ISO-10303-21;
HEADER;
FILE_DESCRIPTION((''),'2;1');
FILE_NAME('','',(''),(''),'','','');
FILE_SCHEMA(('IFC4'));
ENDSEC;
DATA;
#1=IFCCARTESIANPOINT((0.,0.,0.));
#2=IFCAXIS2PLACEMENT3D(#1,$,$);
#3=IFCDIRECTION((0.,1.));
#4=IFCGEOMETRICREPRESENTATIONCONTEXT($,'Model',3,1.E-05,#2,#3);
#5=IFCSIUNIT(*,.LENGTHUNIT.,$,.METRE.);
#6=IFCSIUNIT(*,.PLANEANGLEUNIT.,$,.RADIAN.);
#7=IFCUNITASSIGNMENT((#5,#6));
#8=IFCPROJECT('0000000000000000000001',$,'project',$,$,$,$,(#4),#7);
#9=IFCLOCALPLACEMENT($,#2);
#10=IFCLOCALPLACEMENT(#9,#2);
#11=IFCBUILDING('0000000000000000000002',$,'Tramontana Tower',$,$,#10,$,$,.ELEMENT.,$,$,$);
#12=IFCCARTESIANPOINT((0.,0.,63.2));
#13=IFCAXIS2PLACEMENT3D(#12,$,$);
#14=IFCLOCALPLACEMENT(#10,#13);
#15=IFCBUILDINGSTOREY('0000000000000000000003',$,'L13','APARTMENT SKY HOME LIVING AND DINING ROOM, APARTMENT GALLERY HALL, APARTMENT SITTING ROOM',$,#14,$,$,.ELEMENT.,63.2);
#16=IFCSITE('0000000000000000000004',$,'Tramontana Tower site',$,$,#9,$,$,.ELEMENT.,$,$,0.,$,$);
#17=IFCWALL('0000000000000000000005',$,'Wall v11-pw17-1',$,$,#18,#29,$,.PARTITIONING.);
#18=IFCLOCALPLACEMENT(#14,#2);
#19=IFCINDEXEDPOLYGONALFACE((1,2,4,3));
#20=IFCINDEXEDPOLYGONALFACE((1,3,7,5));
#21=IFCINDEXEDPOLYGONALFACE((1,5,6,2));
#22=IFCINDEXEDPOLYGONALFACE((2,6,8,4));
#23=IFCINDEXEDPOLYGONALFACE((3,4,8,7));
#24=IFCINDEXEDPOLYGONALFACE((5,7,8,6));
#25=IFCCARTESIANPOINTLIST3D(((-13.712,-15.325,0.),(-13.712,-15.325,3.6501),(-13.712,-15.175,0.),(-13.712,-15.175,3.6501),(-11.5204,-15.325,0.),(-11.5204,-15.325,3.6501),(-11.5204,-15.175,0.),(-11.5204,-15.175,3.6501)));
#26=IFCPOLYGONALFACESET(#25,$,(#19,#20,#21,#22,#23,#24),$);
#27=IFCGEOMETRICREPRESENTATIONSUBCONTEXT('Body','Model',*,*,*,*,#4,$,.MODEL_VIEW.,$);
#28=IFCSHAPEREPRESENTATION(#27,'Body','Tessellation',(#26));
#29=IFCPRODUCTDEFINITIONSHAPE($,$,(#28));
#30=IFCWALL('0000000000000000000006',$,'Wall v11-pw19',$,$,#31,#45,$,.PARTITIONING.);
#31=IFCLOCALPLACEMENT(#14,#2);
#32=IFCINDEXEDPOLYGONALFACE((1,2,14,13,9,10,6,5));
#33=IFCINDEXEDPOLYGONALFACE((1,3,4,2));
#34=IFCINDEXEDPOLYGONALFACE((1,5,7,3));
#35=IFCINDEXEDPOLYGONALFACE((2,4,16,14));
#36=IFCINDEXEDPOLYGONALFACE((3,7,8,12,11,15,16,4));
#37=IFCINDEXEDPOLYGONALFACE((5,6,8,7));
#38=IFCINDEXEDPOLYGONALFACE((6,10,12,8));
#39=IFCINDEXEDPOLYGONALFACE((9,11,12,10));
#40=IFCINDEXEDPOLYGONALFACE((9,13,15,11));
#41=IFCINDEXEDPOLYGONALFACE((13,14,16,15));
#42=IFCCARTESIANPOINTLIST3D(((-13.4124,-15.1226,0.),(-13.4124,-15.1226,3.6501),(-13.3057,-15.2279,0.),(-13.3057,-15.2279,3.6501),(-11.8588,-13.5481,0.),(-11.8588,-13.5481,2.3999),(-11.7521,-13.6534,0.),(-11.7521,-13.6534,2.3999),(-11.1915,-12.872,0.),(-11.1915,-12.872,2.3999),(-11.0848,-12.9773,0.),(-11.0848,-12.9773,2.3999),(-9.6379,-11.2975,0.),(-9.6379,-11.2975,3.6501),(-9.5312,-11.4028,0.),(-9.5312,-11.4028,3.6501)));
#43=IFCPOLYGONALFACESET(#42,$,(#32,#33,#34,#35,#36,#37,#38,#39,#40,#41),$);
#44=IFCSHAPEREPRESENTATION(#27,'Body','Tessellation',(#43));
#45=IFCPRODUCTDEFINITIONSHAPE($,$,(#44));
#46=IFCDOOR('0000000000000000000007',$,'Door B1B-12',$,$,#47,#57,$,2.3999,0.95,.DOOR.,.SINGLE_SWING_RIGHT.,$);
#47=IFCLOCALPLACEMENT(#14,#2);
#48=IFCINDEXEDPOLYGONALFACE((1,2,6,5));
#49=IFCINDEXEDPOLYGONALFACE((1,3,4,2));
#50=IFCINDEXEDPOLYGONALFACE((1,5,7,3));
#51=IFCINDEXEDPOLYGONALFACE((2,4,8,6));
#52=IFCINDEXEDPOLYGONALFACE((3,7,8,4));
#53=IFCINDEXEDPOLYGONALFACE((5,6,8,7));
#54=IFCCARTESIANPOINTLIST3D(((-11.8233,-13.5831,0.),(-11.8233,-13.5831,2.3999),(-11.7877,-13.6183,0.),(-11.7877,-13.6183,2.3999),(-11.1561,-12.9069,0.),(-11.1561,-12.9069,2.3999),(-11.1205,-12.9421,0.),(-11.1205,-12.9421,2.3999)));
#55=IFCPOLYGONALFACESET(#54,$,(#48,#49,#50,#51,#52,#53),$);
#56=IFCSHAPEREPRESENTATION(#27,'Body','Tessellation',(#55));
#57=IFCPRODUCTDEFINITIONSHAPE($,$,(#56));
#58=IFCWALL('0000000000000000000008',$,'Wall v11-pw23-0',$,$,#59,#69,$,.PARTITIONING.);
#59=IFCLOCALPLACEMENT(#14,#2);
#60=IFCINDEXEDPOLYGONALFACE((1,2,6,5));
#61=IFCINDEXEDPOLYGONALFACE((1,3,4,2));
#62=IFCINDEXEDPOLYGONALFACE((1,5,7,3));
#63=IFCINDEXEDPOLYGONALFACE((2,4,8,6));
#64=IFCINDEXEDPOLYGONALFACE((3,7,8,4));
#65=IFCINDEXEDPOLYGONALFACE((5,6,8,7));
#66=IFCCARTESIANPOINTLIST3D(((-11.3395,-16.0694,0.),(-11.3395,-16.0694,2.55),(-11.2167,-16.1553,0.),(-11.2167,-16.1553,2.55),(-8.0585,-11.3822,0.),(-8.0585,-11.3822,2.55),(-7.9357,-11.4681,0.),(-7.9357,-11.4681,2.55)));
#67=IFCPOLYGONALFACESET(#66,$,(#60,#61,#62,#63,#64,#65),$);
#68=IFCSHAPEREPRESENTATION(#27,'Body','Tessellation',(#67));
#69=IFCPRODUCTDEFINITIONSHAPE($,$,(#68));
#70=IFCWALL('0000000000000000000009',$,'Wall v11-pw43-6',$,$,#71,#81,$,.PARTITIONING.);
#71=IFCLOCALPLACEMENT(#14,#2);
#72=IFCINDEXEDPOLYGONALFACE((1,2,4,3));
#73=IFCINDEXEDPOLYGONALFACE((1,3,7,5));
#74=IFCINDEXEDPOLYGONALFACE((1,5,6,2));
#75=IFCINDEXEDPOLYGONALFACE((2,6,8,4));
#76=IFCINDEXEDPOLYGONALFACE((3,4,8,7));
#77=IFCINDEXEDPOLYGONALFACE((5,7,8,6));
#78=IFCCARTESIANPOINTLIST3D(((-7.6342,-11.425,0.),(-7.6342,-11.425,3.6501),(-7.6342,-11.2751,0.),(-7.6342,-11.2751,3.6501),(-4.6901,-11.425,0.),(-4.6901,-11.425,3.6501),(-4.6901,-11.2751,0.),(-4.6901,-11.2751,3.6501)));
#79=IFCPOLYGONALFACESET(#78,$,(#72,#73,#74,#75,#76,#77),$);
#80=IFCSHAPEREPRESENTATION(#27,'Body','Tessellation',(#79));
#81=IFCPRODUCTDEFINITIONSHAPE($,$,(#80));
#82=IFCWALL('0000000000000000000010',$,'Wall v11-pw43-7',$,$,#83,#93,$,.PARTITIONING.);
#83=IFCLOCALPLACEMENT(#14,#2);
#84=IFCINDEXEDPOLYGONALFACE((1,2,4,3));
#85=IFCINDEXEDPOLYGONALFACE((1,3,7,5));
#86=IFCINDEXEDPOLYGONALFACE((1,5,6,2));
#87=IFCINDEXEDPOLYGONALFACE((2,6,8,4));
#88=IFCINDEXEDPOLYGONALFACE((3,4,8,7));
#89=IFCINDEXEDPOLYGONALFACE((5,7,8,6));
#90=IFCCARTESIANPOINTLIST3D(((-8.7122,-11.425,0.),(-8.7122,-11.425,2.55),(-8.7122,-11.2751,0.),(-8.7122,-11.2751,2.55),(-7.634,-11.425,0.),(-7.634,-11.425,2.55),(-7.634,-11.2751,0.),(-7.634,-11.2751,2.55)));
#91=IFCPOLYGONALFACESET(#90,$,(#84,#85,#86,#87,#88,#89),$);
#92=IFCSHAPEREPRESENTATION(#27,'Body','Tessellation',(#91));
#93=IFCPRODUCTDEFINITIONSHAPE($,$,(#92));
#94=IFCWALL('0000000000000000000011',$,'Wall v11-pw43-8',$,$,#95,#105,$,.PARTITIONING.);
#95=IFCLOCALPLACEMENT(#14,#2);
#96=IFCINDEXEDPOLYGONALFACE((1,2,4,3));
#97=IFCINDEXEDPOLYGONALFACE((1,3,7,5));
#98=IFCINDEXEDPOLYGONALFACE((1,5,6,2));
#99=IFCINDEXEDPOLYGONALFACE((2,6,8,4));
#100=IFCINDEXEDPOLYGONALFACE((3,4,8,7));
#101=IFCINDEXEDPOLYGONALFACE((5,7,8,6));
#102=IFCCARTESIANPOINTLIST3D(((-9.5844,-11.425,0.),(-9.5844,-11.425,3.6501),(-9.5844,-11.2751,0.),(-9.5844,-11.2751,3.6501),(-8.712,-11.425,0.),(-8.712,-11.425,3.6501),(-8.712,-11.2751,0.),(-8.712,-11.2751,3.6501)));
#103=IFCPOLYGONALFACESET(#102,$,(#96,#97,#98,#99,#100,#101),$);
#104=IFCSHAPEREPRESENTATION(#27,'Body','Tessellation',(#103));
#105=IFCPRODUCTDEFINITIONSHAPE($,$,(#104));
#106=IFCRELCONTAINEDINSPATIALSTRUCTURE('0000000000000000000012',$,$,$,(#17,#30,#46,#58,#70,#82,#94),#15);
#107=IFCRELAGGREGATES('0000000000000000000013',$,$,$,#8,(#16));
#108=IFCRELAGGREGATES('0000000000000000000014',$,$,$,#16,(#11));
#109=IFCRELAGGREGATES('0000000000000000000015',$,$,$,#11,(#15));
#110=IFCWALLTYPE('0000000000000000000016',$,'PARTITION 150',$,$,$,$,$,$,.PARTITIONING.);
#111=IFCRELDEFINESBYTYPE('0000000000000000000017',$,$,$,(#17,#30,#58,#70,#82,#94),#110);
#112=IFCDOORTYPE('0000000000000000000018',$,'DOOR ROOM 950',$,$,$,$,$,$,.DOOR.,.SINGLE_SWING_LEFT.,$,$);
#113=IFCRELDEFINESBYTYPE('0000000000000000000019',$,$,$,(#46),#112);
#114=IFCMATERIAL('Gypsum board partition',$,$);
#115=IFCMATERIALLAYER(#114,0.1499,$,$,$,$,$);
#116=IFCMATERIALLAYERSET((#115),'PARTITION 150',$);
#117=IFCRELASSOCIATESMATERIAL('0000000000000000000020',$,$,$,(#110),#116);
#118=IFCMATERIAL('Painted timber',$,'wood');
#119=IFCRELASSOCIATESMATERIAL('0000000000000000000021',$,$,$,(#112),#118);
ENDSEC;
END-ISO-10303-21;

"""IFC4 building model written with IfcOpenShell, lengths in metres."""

from ifc_helpers import new_model, si_unit, direction, frame, frame_2d, origin, place, context, subcontext, project, spatial, rectangle, extrude, material, layer, layer_set, type_object, element, fill, save


model = new_model("IFC4")

# Units and contexts
model_context = context("Model", 3, precision=1e-05, world=origin(), true_north=direction((0.0, 1.0)))
body_context = subcontext(model_context, "Body", "Model", "MODEL_VIEW")
ifc_project = project(units=[si_unit("LENGTHUNIT", "METRE"), si_unit("PLANEANGLEUNIT", "RADIAN")], contexts=[model_context])

# Site, building, storey
site_placement = place(None, origin())
site = spatial("IfcSite", under=ifc_project, at=site_placement, Name="Tramontana Tower site", CompositionType="ELEMENT", RefElevation=0.0)
building_placement = place(site_placement, origin())
building = spatial("IfcBuilding", under=site, at=building_placement, Name="Tramontana Tower", CompositionType="ELEMENT")
storey_placement = place(building_placement, frame((0.0, 0.0, 63.2)))
storey = spatial("IfcBuildingStorey", under=building, at=storey_placement, Name="L13", Description="APARTMENT SKY HOME LIVING AND DINING ROOM, APARTMENT GALLERY HALL, APARTMENT SITTING ROOM", CompositionType="ELEMENT", Elevation=63.2)

# Wall
ifc_material_1 = material(Name="Gypsum board partition")
ifc_layer_1 = layer(ifc_material_1, 0.1499)
ifc_layer_set_1 = layer_set([ifc_layer_1], Name="PARTITION 150")
wall_type_1 = type_object("IfcWallType", Name="PARTITION 150", PredefinedType="PARTITIONING", material=ifc_layer_set_1)
wall_1_placement = place(storey_placement, frame((-11.5205, -15.25, 0.0), z_axis=(0.0, 0.0, 1.0), x_axis=(-1.0, 0.0, 0.0)))
element("IfcWall", 1, at=wall_1_placement, inside=storey, type_object=wall_type_1, Name="Wall v11-pw17-1", PredefinedType="PARTITIONING", context=body_context, shape_type="SweptSolid", body=[
    extrude(rectangle(XDim=2.1917, YDim=0.1499, at=frame_2d((1.0957, 0.0))), origin(), (0.0, 0.0, 1.0), 3.6501),
])

# Wall, opening, door
wall_2_placement = place(storey_placement, frame((-9.5845, -11.3501, 0.0), z_axis=(0.0, 0.0, 1.0), x_axis=(-0.702389, -0.711793, 0.0)))
wall_2 = element("IfcWall", 2, at=wall_2_placement, inside=storey, type_object=wall_type_1, Name="Wall v11-pw19", PredefinedType="PARTITIONING", context=body_context, shape_type="SweptSolid", body=[
    extrude(rectangle(XDim=5.3738, YDim=0.1499, at=frame_2d((2.687, 0.0))), origin(), (0.0, 0.0, 1.0), 3.6501),
])
opening_1_placement = place(wall_2_placement, frame((2.2119, 0.0, 0.0)))
opening_1 = element("IfcOpeningElement", 3, at=opening_1_placement, cuts=wall_2, PredefinedType="OPENING", context=body_context, shape_type="SweptSolid", body=[
    extrude(rectangle(XDim=0.95, YDim=2.3999, at=frame_2d((0.4751, 1.2))), frame((0.0, 0.085, 0.0), z_axis=(0.0, -1.0, 0.0), x_axis=(1.0, 0.0, 0.0)), (0.0, 0.0, 1.0), 0.1699),
])
ifc_material_2 = material(Name="Painted timber", Category="wood")
door_type_1 = type_object("IfcDoorType", Name="DOOR ROOM 950", OperationType="SINGLE_SWING_LEFT", PredefinedType="DOOR", material=ifc_material_2)
door_1_placement = place(opening_1_placement, origin())
door_1 = element("IfcDoor", 4, at=door_1_placement, inside=storey, type_object=door_type_1, Name="Door B1B-12", OperationType="SINGLE_SWING_RIGHT", OverallHeight=2.3999, OverallWidth=0.95, PredefinedType="DOOR", context=body_context, shape_type="SweptSolid", body=[
    extrude(rectangle(XDim=0.95, YDim=2.3999, at=frame_2d((0.4751, 1.2))), frame((0.0, 0.0249, 0.0), z_axis=(0.0, -1.0, 0.0), x_axis=(1.0, 0.0, 0.0)), (0.0, 0.0, 1.0), 0.05),
])
fill(opening_1, door_1)

# Wall
wall_3_placement = place(storey_placement, frame((-7.9971, -11.425, 0.0), z_axis=(0.0, 0.0, 1.0), x_axis=(-0.573454, -0.819238, 0.0)))
element("IfcWall", 5, at=wall_3_placement, inside=storey, type_object=wall_type_1, Name="Wall v11-pw23-0", PredefinedType="PARTITIONING", context=body_context, shape_type="SweptSolid", body=[
    extrude(rectangle(XDim=5.7214, YDim=0.1499, at=frame_2d((2.8608, 0.0))), origin(), (0.0, 0.0, 1.0), 2.55),
])

# Walls
wall_4_placement = place(storey_placement, frame((-4.6899, -11.3501, 0.0), z_axis=(0.0, 0.0, 1.0), x_axis=(-1.0, 0.0, 0.0)))
element("IfcWall", 6, at=wall_4_placement, inside=storey, type_object=wall_type_1, Name="Wall v11-pw43-6", PredefinedType="PARTITIONING", context=body_context, shape_type="SweptSolid", body=[
    extrude(rectangle(XDim=2.9441, YDim=0.1499, at=frame_2d((1.4722, 0.0))), origin(), (0.0, 0.0, 1.0), 3.6501),
])
wall_5_placement = place(storey_placement, frame((-7.634, -11.3501, 0.0), z_axis=(0.0, 0.0, 1.0), x_axis=(-1.0, 0.0, 0.0)))
element("IfcWall", 7, at=wall_5_placement, inside=storey, type_object=wall_type_1, Name="Wall v11-pw43-7", PredefinedType="PARTITIONING", context=body_context, shape_type="SweptSolid", body=[
    extrude(rectangle(XDim=1.0781, YDim=0.1499, at=frame_2d((0.5391, 0.0))), origin(), (0.0, 0.0, 1.0), 2.55),
])
wall_6_placement = place(storey_placement, frame((-8.7122, -11.3501, 0.0), z_axis=(0.0, 0.0, 1.0), x_axis=(-1.0, 0.0, 0.0)))
element("IfcWall", 8, at=wall_6_placement, inside=storey, type_object=wall_type_1, Name="Wall v11-pw43-8", PredefinedType="PARTITIONING", context=body_context, shape_type="SweptSolid", body=[
    extrude(rectangle(XDim=0.8723, YDim=0.1499, at=frame_2d((0.436, 0.0))), origin(), (0.0, 0.0, 1.0), 3.6501),
])

save(model, "model.ifc")
